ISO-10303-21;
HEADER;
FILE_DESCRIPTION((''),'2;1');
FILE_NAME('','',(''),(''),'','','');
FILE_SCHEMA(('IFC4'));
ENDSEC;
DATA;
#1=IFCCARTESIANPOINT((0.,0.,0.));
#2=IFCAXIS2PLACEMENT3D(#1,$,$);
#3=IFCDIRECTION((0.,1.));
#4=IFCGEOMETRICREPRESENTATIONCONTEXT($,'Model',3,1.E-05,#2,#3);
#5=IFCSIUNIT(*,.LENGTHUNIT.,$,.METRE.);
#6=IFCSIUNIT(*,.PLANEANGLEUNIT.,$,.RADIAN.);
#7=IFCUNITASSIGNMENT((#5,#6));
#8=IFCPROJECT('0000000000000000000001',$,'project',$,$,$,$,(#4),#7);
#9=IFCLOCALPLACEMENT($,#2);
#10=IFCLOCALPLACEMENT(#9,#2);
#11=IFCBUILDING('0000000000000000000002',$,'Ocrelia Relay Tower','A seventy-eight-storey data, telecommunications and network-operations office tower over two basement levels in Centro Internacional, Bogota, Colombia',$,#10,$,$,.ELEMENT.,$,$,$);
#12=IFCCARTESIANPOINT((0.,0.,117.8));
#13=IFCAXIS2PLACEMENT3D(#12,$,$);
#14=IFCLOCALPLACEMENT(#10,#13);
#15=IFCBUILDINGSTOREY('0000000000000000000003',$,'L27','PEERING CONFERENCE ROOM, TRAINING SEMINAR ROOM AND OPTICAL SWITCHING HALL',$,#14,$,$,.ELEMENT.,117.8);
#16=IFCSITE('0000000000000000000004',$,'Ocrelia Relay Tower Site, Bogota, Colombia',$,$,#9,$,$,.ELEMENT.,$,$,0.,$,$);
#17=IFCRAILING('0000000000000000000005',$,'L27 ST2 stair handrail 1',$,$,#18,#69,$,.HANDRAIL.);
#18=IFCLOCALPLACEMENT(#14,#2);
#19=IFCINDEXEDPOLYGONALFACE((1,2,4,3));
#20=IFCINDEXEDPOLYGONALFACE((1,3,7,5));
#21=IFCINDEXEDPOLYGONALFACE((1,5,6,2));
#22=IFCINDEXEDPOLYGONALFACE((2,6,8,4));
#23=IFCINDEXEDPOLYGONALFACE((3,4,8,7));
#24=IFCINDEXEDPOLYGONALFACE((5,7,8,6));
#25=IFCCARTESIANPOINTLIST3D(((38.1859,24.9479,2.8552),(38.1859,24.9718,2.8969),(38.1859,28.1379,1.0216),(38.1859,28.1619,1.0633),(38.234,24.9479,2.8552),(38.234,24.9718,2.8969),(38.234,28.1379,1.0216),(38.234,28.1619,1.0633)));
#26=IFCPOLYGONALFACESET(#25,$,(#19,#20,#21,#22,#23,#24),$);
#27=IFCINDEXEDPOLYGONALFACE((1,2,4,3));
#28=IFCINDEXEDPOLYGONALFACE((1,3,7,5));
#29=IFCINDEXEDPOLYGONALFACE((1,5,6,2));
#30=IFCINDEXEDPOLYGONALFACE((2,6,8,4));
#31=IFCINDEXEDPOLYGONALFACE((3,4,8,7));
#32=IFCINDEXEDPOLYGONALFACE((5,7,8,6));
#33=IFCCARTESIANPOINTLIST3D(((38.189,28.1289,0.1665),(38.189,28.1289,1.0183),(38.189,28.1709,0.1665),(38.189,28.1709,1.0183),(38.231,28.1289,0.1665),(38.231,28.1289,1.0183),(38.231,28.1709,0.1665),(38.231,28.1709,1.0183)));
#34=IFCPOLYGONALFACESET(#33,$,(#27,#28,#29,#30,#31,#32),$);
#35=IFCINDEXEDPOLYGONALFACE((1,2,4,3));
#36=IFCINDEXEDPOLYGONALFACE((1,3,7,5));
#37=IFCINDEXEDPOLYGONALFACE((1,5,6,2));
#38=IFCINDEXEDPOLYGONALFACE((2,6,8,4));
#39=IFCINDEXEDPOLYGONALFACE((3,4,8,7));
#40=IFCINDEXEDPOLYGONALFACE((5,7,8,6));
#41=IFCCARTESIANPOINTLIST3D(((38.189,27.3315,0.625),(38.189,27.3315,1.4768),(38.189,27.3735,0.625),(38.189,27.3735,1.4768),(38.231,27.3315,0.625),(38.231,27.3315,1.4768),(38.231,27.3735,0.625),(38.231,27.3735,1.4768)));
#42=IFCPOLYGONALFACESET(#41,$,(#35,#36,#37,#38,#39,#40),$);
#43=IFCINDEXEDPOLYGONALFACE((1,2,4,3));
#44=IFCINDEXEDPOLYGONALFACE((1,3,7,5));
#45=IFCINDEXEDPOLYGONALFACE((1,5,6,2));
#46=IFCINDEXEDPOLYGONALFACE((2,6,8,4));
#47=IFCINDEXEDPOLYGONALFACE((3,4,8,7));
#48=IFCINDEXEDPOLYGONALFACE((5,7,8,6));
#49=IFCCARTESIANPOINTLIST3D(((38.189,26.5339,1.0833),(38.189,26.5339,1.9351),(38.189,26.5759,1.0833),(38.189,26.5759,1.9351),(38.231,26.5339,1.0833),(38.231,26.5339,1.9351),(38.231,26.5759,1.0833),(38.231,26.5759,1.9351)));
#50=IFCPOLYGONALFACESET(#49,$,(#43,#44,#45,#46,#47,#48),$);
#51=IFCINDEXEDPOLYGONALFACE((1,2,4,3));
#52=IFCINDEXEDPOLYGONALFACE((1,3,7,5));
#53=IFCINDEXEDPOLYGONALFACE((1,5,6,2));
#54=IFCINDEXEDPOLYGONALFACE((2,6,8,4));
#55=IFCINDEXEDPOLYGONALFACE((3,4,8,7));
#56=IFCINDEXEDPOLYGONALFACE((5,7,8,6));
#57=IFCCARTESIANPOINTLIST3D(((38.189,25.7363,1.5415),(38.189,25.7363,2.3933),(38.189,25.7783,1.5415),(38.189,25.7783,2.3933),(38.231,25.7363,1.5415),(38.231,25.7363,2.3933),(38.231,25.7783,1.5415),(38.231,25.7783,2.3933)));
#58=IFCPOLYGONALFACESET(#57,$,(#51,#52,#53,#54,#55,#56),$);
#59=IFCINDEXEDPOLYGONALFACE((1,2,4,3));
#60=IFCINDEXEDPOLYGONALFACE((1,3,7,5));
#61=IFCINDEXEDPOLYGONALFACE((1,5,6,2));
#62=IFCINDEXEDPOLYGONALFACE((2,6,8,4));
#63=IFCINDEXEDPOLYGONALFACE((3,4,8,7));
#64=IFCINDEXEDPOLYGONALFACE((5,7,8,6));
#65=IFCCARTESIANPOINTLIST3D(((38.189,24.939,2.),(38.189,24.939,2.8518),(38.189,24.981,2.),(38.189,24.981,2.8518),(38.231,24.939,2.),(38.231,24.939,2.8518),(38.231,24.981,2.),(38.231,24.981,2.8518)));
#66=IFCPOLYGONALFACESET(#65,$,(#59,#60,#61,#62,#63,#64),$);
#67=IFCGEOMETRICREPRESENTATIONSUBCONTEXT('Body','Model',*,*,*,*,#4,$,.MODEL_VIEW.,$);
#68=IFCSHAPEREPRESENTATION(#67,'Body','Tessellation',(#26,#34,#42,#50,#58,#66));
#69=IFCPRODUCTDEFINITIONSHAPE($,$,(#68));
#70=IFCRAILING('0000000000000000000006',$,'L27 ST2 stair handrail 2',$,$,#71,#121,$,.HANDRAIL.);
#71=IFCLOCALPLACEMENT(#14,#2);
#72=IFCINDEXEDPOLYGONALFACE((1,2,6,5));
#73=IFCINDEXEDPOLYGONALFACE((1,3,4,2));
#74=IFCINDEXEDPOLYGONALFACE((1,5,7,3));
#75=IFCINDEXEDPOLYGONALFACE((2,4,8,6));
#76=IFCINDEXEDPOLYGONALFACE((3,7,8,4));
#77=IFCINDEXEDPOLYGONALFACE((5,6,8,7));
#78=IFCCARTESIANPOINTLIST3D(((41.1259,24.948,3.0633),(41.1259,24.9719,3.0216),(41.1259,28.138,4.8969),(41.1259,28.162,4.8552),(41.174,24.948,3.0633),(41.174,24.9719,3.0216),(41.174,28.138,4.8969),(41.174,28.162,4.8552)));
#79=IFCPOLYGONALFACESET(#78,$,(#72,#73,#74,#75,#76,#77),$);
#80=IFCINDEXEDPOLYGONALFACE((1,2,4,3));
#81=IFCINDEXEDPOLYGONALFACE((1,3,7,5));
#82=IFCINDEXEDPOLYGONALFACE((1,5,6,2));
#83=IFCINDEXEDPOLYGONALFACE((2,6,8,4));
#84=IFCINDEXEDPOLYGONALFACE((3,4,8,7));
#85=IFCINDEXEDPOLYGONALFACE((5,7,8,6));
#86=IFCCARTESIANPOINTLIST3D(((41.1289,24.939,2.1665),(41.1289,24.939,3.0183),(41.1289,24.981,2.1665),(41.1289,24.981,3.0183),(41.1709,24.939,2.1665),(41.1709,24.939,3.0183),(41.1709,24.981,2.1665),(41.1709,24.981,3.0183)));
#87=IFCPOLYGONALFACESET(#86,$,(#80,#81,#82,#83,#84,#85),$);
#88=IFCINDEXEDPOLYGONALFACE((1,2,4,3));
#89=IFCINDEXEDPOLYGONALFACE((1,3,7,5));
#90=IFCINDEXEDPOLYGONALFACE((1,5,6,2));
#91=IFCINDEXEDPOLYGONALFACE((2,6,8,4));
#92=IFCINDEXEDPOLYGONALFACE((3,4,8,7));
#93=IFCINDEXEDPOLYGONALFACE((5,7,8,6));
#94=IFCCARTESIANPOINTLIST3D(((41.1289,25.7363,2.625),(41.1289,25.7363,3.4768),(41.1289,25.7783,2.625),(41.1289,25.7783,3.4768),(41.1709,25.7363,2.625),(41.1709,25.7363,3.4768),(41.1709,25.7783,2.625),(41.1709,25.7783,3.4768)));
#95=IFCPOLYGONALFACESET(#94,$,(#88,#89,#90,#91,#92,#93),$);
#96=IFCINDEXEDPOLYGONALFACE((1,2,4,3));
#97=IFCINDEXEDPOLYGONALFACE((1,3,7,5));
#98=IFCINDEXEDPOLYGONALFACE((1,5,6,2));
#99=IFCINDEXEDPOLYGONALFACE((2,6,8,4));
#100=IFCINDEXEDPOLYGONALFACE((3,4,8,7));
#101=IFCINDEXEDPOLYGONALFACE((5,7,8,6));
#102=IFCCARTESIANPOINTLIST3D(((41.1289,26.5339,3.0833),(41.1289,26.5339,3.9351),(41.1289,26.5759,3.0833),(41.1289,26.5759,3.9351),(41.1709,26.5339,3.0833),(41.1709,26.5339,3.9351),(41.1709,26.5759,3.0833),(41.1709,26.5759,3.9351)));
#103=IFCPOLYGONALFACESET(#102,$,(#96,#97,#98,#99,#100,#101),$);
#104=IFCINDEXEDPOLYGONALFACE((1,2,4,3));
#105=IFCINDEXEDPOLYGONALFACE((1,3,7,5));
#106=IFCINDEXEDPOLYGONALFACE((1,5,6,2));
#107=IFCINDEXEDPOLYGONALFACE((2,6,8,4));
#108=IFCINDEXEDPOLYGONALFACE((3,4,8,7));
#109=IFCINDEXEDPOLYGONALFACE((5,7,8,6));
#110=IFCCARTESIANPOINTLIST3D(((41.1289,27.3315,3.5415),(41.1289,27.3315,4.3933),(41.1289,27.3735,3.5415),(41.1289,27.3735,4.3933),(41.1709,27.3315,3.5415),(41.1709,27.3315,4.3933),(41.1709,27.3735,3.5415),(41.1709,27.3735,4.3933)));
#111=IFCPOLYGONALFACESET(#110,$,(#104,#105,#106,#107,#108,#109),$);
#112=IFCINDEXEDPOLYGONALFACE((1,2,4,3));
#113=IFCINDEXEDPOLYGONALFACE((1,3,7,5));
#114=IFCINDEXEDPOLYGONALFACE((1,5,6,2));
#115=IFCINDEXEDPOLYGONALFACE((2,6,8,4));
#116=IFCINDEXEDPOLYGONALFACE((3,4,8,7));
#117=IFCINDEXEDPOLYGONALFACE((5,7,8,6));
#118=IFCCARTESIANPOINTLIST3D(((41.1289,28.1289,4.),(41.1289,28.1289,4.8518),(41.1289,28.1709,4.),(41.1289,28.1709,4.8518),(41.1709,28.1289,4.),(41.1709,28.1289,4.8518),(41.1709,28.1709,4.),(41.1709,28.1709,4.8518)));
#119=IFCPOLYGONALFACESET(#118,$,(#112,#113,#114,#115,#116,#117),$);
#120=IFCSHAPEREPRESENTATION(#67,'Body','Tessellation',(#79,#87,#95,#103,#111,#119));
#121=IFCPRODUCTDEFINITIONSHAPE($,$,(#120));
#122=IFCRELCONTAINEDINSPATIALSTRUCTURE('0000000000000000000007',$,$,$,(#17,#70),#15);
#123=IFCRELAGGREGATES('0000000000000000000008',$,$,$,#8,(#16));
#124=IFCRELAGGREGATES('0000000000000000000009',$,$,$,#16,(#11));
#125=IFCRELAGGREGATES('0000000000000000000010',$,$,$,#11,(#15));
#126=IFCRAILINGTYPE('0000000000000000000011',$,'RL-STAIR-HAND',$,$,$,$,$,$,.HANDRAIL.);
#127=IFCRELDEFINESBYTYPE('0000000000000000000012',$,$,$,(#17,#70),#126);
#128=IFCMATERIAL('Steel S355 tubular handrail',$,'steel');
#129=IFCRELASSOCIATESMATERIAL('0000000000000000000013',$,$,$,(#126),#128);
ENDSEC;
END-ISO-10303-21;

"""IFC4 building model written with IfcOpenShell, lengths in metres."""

from ifc_helpers import new_model, si_unit, direction, frame, origin, origin_2d, place, context, subcontext, project, spatial, rectangle, extrude, material, type_object, element, save


model = new_model("IFC4")

# Units and contexts
model_context = context("Model", 3, precision=1e-05, world=origin(), true_north=direction((0.0, 1.0)))
body_context = subcontext(model_context, "Body", "Model", "MODEL_VIEW")
ifc_project = project(units=[si_unit("LENGTHUNIT", "METRE"), si_unit("PLANEANGLEUNIT", "RADIAN")], contexts=[model_context])

# Site, building, storey
site_placement = place(None, origin())
site = spatial("IfcSite", under=ifc_project, at=site_placement, Name="Ocrelia Relay Tower Site, Bogota, Colombia", CompositionType="ELEMENT", RefElevation=0.0)
building_placement = place(site_placement, origin())
building = spatial("IfcBuilding", under=site, at=building_placement, Name="Ocrelia Relay Tower", Description="A seventy-eight-storey data, telecommunications and network-operations office tower over two basement levels in Centro Internacional, Bogota, Colombia", CompositionType="ELEMENT")
storey_placement = place(building_placement, frame((0.0, 0.0, 117.8)))
storey = spatial("IfcBuildingStorey", under=building, at=storey_placement, Name="L27", Description="PEERING CONFERENCE ROOM, TRAINING SEMINAR ROOM AND OPTICAL SWITCHING HALL", CompositionType="ELEMENT", Elevation=117.8)

# Railings
ifc_material_1 = material(Name="Steel S355 tubular handrail", Category="steel")
railing_type_1 = type_object("IfcRailingType", Name="RL-STAIR-HAND", PredefinedType="HANDRAIL", material=ifc_material_1)
railing_1_placement = place(storey_placement, frame((38.21, 28.1499, 0.1665)))
element("IfcRailing", 1, at=railing_1_placement, inside=storey, type_object=railing_type_1, Name="L27 ST2 stair handrail 1", PredefinedType="HANDRAIL", context=body_context, shape_type="SweptSolid", body=[
    extrude(rectangle(XDim=0.0481, YDim=0.0481, at=origin_2d()), frame((0.0, 0.0, 0.876), z_axis=(0.0, -0.866991, 0.498324), x_axis=(1.0, 0.0, 0.0)), (0.0, 0.0, 1.0), 3.6794),
    extrude(rectangle(XDim=0.042, YDim=0.042, at=origin_2d()), origin(), (0.0, 0.0, 1.0), 0.8518),
    extrude(rectangle(XDim=0.042, YDim=0.042, at=origin_2d()), frame((0.0, -0.7974, 0.4585)), (0.0, 0.0, 1.0), 0.8518),
    extrude(rectangle(XDim=0.042, YDim=0.042, at=origin_2d()), frame((0.0, -1.595, 0.9167)), (0.0, 0.0, 1.0), 0.8518),
    extrude(rectangle(XDim=0.042, YDim=0.042, at=origin_2d()), frame((0.0, -2.3926, 1.375)), (0.0, 0.0, 1.0), 0.8518),
    extrude(rectangle(XDim=0.042, YDim=0.042, at=origin_2d()), frame((0.0, -3.1899, 1.8335)), (0.0, 0.0, 1.0), 0.8518),
])
railing_2_placement = place(storey_placement, frame((41.1499, 24.96, 2.1665)))
element("IfcRailing", 2, at=railing_2_placement, inside=storey, type_object=railing_type_1, Name="L27 ST2 stair handrail 2", PredefinedType="HANDRAIL", context=body_context, shape_type="SweptSolid", body=[
    extrude(rectangle(XDim=0.0481, YDim=0.0481, at=origin_2d()), frame((0.0, 0.0, 0.876), z_axis=(0.0, 0.866991, 0.498324), x_axis=(-1.0, 0.0, 0.0)), (0.0, 0.0, 1.0), 3.6794),
    extrude(rectangle(XDim=0.042, YDim=0.042, at=origin_2d()), origin(), (0.0, 0.0, 1.0), 0.8518),
    extrude(rectangle(XDim=0.042, YDim=0.042, at=origin_2d()), frame((0.0, 0.7974, 0.4585)), (0.0, 0.0, 1.0), 0.8518),
    extrude(rectangle(XDim=0.042, YDim=0.042, at=origin_2d()), frame((0.0, 1.595, 0.9167)), (0.0, 0.0, 1.0), 0.8518),
    extrude(rectangle(XDim=0.042, YDim=0.042, at=origin_2d()), frame((0.0, 2.3926, 1.375)), (0.0, 0.0, 1.0), 0.8518),
    extrude(rectangle(XDim=0.042, YDim=0.042, at=origin_2d()), frame((0.0, 3.1899, 1.8335)), (0.0, 0.0, 1.0), 0.8518),
])

save(model, "model.ifc")
